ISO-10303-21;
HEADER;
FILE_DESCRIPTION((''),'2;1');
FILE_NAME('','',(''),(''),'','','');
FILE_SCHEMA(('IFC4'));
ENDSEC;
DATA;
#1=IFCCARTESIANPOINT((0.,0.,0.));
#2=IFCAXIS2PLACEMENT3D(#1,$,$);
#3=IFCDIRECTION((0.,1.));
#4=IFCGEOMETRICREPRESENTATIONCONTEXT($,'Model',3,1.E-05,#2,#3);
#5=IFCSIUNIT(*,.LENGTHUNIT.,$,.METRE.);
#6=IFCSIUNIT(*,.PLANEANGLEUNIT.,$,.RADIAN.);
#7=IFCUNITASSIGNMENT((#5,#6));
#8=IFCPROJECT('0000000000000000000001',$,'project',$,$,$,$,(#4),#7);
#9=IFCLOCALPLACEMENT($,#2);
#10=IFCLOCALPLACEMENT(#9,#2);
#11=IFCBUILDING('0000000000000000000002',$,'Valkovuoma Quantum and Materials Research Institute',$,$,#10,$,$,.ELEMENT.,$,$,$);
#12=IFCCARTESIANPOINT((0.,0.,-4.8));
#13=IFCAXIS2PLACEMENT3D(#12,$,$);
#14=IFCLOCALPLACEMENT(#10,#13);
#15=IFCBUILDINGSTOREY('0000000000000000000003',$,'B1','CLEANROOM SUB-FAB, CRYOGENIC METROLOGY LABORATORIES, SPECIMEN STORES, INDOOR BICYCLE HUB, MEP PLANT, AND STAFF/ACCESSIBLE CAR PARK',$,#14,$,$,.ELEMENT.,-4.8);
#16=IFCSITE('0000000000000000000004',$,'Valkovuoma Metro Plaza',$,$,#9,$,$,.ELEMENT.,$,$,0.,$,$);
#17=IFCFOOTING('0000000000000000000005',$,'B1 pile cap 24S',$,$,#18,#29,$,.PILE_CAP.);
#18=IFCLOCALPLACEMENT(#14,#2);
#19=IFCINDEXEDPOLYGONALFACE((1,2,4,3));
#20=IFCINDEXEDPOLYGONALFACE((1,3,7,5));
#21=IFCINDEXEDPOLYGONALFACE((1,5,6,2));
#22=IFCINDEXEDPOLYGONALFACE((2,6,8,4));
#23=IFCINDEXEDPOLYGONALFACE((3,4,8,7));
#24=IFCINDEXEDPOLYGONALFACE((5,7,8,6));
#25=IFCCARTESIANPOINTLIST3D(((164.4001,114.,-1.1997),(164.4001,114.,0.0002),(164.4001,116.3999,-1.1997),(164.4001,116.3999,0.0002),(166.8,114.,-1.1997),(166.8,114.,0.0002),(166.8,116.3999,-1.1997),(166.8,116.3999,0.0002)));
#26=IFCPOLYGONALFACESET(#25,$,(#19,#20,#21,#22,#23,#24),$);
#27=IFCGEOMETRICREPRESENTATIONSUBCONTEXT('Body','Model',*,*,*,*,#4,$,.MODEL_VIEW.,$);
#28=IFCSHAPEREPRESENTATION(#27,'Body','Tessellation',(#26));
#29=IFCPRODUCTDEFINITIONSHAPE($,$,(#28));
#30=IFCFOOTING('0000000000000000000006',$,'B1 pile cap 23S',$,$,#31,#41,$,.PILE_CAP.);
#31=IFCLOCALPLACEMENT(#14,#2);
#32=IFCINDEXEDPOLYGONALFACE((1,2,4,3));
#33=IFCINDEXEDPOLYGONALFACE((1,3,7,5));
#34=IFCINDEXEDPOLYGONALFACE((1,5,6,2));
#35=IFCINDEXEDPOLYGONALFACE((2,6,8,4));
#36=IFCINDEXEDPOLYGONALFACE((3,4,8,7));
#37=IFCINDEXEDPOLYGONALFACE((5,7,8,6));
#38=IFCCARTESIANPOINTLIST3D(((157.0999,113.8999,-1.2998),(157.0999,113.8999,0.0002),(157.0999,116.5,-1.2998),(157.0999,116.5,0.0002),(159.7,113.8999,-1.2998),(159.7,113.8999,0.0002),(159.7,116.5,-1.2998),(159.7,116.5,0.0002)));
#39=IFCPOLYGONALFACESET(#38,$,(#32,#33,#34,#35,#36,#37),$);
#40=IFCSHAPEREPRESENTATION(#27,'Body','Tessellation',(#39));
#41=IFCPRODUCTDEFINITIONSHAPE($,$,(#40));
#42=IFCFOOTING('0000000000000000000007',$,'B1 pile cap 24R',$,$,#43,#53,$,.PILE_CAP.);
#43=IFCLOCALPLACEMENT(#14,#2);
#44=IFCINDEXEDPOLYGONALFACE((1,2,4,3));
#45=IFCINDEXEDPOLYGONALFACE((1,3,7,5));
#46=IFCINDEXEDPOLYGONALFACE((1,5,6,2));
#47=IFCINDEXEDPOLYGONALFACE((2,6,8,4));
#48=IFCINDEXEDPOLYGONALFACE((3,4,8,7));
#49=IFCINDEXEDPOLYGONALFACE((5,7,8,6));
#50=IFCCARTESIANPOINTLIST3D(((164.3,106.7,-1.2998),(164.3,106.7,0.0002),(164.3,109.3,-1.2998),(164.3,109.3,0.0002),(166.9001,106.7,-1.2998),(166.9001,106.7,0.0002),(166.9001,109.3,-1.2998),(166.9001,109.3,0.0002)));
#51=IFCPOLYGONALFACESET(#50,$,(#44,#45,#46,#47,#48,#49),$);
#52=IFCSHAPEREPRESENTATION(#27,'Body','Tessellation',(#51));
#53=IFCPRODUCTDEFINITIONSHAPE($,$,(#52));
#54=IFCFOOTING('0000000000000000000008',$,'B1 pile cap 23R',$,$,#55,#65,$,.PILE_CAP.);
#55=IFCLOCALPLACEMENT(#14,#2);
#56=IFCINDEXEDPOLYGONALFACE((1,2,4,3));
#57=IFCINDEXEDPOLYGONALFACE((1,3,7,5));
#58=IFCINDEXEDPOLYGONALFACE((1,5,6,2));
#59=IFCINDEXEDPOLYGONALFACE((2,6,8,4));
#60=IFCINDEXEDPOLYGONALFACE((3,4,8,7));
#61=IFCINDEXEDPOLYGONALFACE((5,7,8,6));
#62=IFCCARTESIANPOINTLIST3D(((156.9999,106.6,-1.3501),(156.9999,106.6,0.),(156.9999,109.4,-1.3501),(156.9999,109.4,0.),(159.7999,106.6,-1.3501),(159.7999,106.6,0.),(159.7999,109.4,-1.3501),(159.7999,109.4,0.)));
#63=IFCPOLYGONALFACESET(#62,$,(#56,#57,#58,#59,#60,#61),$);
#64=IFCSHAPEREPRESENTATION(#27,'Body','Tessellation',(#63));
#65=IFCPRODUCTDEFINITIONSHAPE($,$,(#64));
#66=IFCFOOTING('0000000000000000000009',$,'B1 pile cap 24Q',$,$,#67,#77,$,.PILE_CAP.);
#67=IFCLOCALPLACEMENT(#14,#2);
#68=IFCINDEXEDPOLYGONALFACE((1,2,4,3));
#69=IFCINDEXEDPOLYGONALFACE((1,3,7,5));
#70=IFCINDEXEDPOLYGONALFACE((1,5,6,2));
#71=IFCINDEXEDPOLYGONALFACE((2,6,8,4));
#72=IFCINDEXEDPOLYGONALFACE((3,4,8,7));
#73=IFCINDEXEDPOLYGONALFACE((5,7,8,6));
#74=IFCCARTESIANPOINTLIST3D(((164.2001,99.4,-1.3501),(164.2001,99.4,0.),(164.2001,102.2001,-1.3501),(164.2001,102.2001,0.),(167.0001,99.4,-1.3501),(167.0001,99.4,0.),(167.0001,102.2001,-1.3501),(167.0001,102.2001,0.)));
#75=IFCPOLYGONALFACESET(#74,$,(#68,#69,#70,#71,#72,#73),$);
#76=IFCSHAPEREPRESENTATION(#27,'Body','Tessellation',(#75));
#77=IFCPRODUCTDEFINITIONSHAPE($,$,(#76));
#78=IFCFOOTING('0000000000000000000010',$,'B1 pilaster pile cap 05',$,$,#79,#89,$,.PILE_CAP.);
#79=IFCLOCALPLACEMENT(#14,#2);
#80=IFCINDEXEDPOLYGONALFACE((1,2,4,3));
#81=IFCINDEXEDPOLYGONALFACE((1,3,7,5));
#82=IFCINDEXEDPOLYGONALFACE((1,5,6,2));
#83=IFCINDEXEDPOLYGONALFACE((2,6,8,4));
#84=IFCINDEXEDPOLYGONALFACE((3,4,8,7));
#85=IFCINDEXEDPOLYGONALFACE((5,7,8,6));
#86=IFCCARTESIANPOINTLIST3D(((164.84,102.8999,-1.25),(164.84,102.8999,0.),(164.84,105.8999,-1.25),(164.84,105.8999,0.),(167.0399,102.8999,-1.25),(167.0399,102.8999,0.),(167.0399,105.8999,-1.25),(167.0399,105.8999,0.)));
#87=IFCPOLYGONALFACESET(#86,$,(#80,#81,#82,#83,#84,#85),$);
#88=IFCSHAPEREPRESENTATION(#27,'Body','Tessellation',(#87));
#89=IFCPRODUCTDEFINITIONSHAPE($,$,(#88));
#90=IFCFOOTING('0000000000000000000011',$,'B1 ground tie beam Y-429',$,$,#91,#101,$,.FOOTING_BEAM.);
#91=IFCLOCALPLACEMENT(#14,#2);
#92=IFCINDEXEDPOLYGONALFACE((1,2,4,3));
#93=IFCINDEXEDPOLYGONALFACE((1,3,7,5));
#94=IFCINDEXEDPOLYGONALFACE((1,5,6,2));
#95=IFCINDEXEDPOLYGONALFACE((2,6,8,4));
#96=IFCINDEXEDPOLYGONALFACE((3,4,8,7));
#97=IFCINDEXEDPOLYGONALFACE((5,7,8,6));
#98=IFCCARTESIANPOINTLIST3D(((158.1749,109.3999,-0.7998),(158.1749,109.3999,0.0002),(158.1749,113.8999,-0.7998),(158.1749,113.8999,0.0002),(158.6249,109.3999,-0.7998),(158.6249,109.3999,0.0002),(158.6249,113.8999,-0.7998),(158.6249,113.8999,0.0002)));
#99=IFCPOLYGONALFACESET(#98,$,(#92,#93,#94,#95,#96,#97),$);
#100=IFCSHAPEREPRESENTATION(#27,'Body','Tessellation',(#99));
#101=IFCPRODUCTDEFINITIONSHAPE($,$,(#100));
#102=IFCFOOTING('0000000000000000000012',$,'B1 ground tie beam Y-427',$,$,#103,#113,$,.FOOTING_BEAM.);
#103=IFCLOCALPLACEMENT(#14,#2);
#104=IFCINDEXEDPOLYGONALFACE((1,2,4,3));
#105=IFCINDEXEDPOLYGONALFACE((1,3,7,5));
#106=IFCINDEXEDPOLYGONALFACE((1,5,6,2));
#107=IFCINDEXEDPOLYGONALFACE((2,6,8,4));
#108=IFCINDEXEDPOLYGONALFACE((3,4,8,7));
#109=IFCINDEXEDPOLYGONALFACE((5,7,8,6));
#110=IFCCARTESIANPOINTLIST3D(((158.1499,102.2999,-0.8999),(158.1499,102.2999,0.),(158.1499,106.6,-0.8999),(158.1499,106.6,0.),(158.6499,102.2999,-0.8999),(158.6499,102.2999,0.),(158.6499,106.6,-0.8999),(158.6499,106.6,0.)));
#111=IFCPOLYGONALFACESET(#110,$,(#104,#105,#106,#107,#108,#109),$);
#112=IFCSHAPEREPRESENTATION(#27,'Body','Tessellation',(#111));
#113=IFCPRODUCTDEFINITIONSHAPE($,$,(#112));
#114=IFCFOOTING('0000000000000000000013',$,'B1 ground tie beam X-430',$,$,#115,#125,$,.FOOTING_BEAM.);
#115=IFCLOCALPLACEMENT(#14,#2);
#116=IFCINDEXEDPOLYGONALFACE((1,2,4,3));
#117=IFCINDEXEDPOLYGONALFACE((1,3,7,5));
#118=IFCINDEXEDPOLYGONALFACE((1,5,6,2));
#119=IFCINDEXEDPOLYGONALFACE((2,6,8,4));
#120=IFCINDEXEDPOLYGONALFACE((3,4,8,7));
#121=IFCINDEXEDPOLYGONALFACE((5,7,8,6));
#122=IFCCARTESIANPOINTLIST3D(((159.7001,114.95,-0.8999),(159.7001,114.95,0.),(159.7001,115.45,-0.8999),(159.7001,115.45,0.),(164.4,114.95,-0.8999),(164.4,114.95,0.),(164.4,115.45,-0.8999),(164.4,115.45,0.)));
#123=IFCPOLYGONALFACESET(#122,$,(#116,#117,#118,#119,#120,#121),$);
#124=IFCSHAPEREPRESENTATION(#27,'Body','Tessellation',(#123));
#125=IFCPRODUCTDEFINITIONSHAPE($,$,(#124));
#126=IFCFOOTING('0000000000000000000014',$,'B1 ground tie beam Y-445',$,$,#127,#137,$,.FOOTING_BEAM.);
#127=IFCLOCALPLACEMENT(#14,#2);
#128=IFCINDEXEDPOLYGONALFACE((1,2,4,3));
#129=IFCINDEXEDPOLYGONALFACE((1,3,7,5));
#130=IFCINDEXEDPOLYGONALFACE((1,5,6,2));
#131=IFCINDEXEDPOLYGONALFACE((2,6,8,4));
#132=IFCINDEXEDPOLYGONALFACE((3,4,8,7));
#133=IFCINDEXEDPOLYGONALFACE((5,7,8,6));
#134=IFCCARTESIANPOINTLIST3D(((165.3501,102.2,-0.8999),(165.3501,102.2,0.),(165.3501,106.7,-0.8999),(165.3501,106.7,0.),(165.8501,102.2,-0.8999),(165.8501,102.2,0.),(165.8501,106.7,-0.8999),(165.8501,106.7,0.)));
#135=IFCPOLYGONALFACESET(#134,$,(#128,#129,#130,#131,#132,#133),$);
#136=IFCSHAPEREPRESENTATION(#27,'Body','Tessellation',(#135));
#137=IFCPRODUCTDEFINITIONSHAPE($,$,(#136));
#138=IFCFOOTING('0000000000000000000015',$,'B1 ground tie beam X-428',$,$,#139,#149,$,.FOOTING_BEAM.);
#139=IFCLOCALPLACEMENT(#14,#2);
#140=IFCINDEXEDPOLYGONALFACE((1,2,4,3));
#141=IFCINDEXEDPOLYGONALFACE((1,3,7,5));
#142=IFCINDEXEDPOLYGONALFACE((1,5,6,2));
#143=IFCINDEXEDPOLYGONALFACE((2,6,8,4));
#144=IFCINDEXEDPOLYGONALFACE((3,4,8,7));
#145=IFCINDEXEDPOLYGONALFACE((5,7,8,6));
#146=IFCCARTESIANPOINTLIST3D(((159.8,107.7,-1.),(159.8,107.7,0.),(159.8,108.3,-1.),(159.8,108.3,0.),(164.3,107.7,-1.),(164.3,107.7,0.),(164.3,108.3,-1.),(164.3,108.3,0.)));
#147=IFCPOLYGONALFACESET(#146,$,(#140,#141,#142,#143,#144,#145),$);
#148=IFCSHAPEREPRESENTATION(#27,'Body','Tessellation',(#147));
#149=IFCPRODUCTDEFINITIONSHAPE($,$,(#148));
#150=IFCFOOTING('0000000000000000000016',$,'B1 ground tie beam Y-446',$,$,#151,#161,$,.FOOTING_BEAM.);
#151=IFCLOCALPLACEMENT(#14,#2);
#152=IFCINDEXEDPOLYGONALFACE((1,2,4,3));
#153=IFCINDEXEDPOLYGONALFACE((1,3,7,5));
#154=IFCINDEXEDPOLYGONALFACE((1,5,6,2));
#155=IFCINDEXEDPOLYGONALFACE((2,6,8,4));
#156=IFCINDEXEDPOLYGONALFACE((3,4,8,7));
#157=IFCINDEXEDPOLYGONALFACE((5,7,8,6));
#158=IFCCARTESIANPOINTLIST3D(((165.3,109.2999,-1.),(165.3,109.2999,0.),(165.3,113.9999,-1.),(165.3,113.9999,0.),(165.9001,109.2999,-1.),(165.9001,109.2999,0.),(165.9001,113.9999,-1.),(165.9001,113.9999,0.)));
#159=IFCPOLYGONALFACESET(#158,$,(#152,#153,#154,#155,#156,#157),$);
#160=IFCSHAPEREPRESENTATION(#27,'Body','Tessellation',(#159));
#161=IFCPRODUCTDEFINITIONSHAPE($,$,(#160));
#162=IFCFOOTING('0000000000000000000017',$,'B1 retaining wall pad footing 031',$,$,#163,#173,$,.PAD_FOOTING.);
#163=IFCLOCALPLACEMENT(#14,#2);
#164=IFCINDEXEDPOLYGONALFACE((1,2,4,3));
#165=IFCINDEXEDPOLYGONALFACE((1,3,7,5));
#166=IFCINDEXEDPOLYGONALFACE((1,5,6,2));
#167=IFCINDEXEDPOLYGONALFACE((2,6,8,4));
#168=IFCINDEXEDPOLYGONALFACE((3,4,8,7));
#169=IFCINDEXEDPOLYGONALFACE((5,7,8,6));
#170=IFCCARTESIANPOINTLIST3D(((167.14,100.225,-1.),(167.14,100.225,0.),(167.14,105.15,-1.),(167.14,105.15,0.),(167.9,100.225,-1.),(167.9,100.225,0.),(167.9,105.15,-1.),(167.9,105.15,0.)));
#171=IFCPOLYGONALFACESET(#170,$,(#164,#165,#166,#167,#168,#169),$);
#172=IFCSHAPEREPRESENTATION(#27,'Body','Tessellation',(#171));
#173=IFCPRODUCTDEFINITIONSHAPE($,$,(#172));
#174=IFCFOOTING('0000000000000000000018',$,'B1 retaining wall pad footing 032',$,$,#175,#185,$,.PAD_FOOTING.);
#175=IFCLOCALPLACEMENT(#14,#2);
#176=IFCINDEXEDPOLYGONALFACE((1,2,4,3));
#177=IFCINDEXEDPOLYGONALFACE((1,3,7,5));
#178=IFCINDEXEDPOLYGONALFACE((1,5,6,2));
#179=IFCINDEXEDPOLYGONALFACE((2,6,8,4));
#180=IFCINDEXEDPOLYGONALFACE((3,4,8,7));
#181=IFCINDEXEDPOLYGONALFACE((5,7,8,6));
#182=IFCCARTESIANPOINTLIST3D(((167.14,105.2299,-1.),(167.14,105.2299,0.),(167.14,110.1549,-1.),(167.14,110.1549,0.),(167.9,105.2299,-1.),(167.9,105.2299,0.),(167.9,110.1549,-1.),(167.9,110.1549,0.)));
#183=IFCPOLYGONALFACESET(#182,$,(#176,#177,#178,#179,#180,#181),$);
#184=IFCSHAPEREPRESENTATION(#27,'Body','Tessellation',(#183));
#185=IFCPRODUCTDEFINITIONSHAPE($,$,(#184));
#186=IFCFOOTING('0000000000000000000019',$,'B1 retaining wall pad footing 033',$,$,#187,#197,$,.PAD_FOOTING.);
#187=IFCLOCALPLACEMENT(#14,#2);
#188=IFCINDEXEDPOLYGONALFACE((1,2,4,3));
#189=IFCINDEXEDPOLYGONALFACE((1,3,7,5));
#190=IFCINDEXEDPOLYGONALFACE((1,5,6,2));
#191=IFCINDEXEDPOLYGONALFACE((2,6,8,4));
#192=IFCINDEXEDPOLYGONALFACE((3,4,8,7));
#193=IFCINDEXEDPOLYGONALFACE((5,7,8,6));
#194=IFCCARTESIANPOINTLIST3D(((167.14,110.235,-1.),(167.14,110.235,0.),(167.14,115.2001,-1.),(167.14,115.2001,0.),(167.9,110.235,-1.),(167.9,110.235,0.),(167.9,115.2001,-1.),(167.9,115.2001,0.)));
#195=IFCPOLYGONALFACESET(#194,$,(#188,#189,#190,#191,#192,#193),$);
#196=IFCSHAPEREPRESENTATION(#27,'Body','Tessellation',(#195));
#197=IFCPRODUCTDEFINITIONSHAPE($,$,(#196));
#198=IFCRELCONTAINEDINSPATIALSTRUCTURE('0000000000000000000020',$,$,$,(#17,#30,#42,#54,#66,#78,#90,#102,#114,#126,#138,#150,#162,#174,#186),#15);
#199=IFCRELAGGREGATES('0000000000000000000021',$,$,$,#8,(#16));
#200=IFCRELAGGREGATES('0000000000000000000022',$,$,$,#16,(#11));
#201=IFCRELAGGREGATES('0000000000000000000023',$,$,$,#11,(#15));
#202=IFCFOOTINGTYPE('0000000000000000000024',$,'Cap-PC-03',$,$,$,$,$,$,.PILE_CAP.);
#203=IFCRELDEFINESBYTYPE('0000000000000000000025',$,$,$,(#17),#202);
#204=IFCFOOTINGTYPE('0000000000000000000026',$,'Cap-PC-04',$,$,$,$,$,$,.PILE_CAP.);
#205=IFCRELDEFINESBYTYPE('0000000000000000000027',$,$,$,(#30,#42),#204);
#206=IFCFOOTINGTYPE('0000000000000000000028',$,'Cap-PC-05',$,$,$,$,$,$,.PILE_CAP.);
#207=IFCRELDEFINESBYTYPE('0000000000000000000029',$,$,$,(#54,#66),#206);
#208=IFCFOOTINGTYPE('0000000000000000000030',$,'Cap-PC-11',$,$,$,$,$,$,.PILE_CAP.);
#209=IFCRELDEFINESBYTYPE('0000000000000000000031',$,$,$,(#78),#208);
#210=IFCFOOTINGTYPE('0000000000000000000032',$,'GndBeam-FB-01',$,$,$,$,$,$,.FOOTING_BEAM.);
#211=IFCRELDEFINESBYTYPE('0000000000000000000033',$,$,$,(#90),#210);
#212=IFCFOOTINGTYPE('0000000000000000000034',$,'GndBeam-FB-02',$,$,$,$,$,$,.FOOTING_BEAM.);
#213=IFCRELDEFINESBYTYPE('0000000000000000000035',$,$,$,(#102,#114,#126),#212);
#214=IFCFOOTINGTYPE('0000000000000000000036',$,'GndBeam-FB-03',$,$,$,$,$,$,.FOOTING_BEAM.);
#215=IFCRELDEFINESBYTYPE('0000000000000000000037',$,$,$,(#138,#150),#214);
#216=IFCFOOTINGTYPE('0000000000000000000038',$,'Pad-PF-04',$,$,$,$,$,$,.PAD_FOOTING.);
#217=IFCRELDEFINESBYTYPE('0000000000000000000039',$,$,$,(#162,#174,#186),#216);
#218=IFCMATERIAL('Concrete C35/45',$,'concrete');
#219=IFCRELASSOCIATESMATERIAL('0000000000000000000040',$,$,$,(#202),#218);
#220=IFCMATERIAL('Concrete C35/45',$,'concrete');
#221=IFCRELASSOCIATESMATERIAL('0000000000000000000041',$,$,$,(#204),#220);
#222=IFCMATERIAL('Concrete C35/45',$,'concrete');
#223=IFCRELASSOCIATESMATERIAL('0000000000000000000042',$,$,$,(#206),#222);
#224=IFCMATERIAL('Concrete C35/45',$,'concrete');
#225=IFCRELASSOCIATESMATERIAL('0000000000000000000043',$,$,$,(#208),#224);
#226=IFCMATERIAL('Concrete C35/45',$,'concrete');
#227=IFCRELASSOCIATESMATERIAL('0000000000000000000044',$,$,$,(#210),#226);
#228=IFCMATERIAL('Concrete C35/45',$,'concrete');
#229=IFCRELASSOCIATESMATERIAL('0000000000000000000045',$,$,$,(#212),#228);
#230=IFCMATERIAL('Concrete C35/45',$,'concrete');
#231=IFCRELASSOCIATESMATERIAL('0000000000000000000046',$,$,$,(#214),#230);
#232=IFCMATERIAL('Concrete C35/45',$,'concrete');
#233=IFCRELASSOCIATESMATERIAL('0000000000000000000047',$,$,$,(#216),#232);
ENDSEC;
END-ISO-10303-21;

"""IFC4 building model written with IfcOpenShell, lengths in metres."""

from ifc_helpers import new_model, si_unit, direction, frame, origin, origin_2d, place, context, subcontext, project, spatial, rectangle, extrude, material, type_object, element, save


model = new_model("IFC4")

# Units and contexts
model_context = context("Model", 3, precision=1e-05, world=origin(), true_north=direction((0.0, 1.0)))
body_context = subcontext(model_context, "Body", "Model", "MODEL_VIEW")
ifc_project = project(units=[si_unit("LENGTHUNIT", "METRE"), si_unit("PLANEANGLEUNIT", "RADIAN")], contexts=[model_context])

# Site, building, storey
site_placement = place(None, origin())
site = spatial("IfcSite", under=ifc_project, at=site_placement, Name="Valkovuoma Metro Plaza", CompositionType="ELEMENT", RefElevation=0.0)
building_placement = place(site_placement, origin())
building = spatial("IfcBuilding", under=site, at=building_placement, Name="Valkovuoma Quantum and Materials Research Institute", CompositionType="ELEMENT")
storey_placement = place(building_placement, frame((0.0, 0.0, -4.8)))
storey = spatial("IfcBuildingStorey", under=building, at=storey_placement, Name="B1", Description="CLEANROOM SUB-FAB, CRYOGENIC METROLOGY LABORATORIES, SPECIMEN STORES, INDOOR BICYCLE HUB, MEP PLANT, AND STAFF/ACCESSIBLE CAR PARK", CompositionType="ELEMENT", Elevation=-4.8)

# Footings
ifc_material_1 = material(Name="Concrete C35/45", Category="concrete")
footing_type_1 = type_object("IfcFootingType", Name="Cap-PC-03", PredefinedType="PILE_CAP", material=ifc_material_1)
footing_1_placement = place(storey_placement, frame((165.6001, 115.2, -1.1997), z_axis=(0.0, 0.0, 1.0), x_axis=(1.0, 0.0, 0.0)))
element("IfcFooting", 1, at=footing_1_placement, inside=storey, type_object=footing_type_1, Name="B1 pile cap 24S", PredefinedType="PILE_CAP", context=body_context, shape_type="SweptSolid", body=[
    extrude(rectangle(XDim=2.3999, YDim=2.3999, at=origin_2d()), origin(), (0.0, 0.0, 1.0), 1.2),
])
ifc_material_2 = material(Name="Concrete C35/45", Category="concrete")
footing_type_2 = type_object("IfcFootingType", Name="Cap-PC-04", PredefinedType="PILE_CAP", material=ifc_material_2)
for number, where, z_axis, x_axis, name in (
    (2, (158.3999, 115.2, -1.2998), (0.0, 0.0, 1.0), (1.0, 0.0, 0.0), "B1 pile cap 23S"),
    (3, (165.6001, 108.0, -1.2998), (0.0, 0.0, 1.0), (1.0, 0.0, 0.0), "B1 pile cap 24R"),
):
    element("IfcFooting", number, at=place(storey_placement, frame(where, z_axis=z_axis, x_axis=x_axis)), inside=storey, type_object=footing_type_2, Name=name, PredefinedType="PILE_CAP", context=body_context, shape_type="SweptSolid", body=[
        extrude(rectangle(XDim=2.6001, YDim=2.6001, at=origin_2d()), origin(), (0.0, 0.0, 1.0), 1.3),
    ])
ifc_material_3 = material(Name="Concrete C35/45", Category="concrete")
footing_type_3 = type_object("IfcFootingType", Name="Cap-PC-05", PredefinedType="PILE_CAP", material=ifc_material_3)
for number, where, z_axis, x_axis, name in (
    (4, (158.3999, 108.0, -1.3501), (0.0, 0.0, 1.0), (1.0, 0.0, 0.0), "B1 pile cap 23R"),
    (5, (165.6001, 100.8, -1.3501), (0.0, 0.0, 1.0), (1.0, 0.0, 0.0), "B1 pile cap 24Q"),
):
    element("IfcFooting", number, at=place(storey_placement, frame(where, z_axis=z_axis, x_axis=x_axis)), inside=storey, type_object=footing_type_3, Name=name, PredefinedType="PILE_CAP", context=body_context, shape_type="SweptSolid", body=[
        extrude(rectangle(XDim=2.8, YDim=2.8, at=origin_2d()), origin(), (0.0, 0.0, 1.0), 1.3501),
    ])
ifc_material_4 = material(Name="Concrete C35/45", Category="concrete")
footing_type_4 = type_object("IfcFootingType", Name="Cap-PC-11", PredefinedType="PILE_CAP", material=ifc_material_4)
footing_2_placement = place(storey_placement, frame((165.9399, 104.3999, -1.25), z_axis=(0.0, 0.0, 1.0), x_axis=(1.0, 0.0, 0.0)))
element("IfcFooting", 6, at=footing_2_placement, inside=storey, type_object=footing_type_4, Name="B1 pilaster pile cap 05", PredefinedType="PILE_CAP", context=body_context, shape_type="SweptSolid", body=[
    extrude(rectangle(XDim=2.2, YDim=3.0, at=origin_2d()), origin(), (0.0, 0.0, 1.0), 1.25),
])
ifc_material_5 = material(Name="Concrete C35/45", Category="concrete")
footing_type_5 = type_object("IfcFootingType", Name="GndBeam-FB-01", PredefinedType="FOOTING_BEAM", material=ifc_material_5)
footing_3_placement = place(storey_placement, frame((158.3999, 111.6499, -0.7998), z_axis=(0.0, 0.0, 1.0), x_axis=(0.0, 1.0, 0.0)))
element("IfcFooting", 7, at=footing_3_placement, inside=storey, type_object=footing_type_5, Name="B1 ground tie beam Y-429", PredefinedType="FOOTING_BEAM", context=body_context, shape_type="SweptSolid", body=[
    extrude(rectangle(XDim=4.5, YDim=0.45, at=origin_2d()), origin(), (0.0, 0.0, 1.0), 0.8),
])
ifc_material_6 = material(Name="Concrete C35/45", Category="concrete")
footing_type_6 = type_object("IfcFootingType", Name="GndBeam-FB-02", PredefinedType="FOOTING_BEAM", material=ifc_material_6)
footing_4_placement = place(storey_placement, frame((158.3999, 104.45, -0.8999), z_axis=(0.0, 0.0, 1.0), x_axis=(0.0, 1.0, 0.0)))
element("IfcFooting", 8, at=footing_4_placement, inside=storey, type_object=footing_type_6, Name="B1 ground tie beam Y-427", PredefinedType="FOOTING_BEAM", context=body_context, shape_type="SweptSolid", body=[
    extrude(rectangle(XDim=4.3, YDim=0.5, at=origin_2d()), origin(), (0.0, 0.0, 1.0), 0.8999),
])
footing_5_placement = place(storey_placement, frame((162.05, 115.2, -0.8999), z_axis=(0.0, 0.0, 1.0), x_axis=(1.0, 0.0, 0.0)))
element("IfcFooting", 9, at=footing_5_placement, inside=storey, type_object=footing_type_6, Name="B1 ground tie beam X-430", PredefinedType="FOOTING_BEAM", context=body_context, shape_type="SweptSolid", body=[
    extrude(rectangle(XDim=4.7, YDim=0.5, at=origin_2d()), origin(), (0.0, 0.0, 1.0), 0.8999),
])
footing_6_placement = place(storey_placement, frame((165.6001, 104.45, -0.8999), z_axis=(0.0, 0.0, 1.0), x_axis=(0.0, 1.0, 0.0)))
element("IfcFooting", 10, at=footing_6_placement, inside=storey, type_object=footing_type_6, Name="B1 ground tie beam Y-445", PredefinedType="FOOTING_BEAM", context=body_context, shape_type="SweptSolid", body=[
    extrude(rectangle(XDim=4.5, YDim=0.5, at=origin_2d()), origin(), (0.0, 0.0, 1.0), 0.8999),
])
ifc_material_7 = material(Name="Concrete C35/45", Category="concrete")
footing_type_7 = type_object("IfcFootingType", Name="GndBeam-FB-03", PredefinedType="FOOTING_BEAM", material=ifc_material_7)
footing_7_placement = place(storey_placement, frame((162.05, 108.0, -1.0), z_axis=(0.0, 0.0, 1.0), x_axis=(1.0, 0.0, 0.0)))
element("IfcFooting", 11, at=footing_7_placement, inside=storey, type_object=footing_type_7, Name="B1 ground tie beam X-428", PredefinedType="FOOTING_BEAM", context=body_context, shape_type="SweptSolid", body=[
    extrude(rectangle(XDim=4.5, YDim=0.6001, at=origin_2d()), origin(), (0.0, 0.0, 1.0), 1.0),
])
footing_8_placement = place(storey_placement, frame((165.6001, 111.6499, -1.0), z_axis=(0.0, 0.0, 1.0), x_axis=(0.0, 1.0, 0.0)))
element("IfcFooting", 12, at=footing_8_placement, inside=storey, type_object=footing_type_7, Name="B1 ground tie beam Y-446", PredefinedType="FOOTING_BEAM", context=body_context, shape_type="SweptSolid", body=[
    extrude(rectangle(XDim=4.7, YDim=0.6001, at=origin_2d()), origin(), (0.0, 0.0, 1.0), 1.0),
])
ifc_material_8 = material(Name="Concrete C35/45", Category="concrete")
footing_type_8 = type_object("IfcFootingType", Name="Pad-PF-04", PredefinedType="PAD_FOOTING", material=ifc_material_8)
for number, where, z_axis, x_axis, name in (
    (13, (167.52, 102.6875, -1.0), (0.0, 0.0, 1.0), (0.0, 1.0, 0.0), "B1 retaining wall pad footing 031"),
    (14, (167.52, 107.6924, -1.0), (0.0, 0.0, 1.0), (0.0, 1.0, 0.0), "B1 retaining wall pad footing 032"),
):
    element("IfcFooting", number, at=place(storey_placement, frame(where, z_axis=z_axis, x_axis=x_axis)), inside=storey, type_object=footing_type_8, Name=name, PredefinedType="PAD_FOOTING", context=body_context, shape_type="SweptSolid", body=[
        extrude(rectangle(XDim=4.925, YDim=0.76, at=origin_2d()), origin(), (0.0, 0.0, 1.0), 1.0),
    ])
footing_9_placement = place(storey_placement, frame((167.52, 112.7175, -1.0), z_axis=(0.0, 0.0, 1.0), x_axis=(0.0, 1.0, 0.0)))
element("IfcFooting", 15, at=footing_9_placement, inside=storey, type_object=footing_type_8, Name="B1 retaining wall pad footing 033", PredefinedType="PAD_FOOTING", context=body_context, shape_type="SweptSolid", body=[
    extrude(rectangle(XDim=4.9651, YDim=0.76, at=origin_2d()), origin(), (0.0, 0.0, 1.0), 1.0),
])

save(model, "model.ifc")
